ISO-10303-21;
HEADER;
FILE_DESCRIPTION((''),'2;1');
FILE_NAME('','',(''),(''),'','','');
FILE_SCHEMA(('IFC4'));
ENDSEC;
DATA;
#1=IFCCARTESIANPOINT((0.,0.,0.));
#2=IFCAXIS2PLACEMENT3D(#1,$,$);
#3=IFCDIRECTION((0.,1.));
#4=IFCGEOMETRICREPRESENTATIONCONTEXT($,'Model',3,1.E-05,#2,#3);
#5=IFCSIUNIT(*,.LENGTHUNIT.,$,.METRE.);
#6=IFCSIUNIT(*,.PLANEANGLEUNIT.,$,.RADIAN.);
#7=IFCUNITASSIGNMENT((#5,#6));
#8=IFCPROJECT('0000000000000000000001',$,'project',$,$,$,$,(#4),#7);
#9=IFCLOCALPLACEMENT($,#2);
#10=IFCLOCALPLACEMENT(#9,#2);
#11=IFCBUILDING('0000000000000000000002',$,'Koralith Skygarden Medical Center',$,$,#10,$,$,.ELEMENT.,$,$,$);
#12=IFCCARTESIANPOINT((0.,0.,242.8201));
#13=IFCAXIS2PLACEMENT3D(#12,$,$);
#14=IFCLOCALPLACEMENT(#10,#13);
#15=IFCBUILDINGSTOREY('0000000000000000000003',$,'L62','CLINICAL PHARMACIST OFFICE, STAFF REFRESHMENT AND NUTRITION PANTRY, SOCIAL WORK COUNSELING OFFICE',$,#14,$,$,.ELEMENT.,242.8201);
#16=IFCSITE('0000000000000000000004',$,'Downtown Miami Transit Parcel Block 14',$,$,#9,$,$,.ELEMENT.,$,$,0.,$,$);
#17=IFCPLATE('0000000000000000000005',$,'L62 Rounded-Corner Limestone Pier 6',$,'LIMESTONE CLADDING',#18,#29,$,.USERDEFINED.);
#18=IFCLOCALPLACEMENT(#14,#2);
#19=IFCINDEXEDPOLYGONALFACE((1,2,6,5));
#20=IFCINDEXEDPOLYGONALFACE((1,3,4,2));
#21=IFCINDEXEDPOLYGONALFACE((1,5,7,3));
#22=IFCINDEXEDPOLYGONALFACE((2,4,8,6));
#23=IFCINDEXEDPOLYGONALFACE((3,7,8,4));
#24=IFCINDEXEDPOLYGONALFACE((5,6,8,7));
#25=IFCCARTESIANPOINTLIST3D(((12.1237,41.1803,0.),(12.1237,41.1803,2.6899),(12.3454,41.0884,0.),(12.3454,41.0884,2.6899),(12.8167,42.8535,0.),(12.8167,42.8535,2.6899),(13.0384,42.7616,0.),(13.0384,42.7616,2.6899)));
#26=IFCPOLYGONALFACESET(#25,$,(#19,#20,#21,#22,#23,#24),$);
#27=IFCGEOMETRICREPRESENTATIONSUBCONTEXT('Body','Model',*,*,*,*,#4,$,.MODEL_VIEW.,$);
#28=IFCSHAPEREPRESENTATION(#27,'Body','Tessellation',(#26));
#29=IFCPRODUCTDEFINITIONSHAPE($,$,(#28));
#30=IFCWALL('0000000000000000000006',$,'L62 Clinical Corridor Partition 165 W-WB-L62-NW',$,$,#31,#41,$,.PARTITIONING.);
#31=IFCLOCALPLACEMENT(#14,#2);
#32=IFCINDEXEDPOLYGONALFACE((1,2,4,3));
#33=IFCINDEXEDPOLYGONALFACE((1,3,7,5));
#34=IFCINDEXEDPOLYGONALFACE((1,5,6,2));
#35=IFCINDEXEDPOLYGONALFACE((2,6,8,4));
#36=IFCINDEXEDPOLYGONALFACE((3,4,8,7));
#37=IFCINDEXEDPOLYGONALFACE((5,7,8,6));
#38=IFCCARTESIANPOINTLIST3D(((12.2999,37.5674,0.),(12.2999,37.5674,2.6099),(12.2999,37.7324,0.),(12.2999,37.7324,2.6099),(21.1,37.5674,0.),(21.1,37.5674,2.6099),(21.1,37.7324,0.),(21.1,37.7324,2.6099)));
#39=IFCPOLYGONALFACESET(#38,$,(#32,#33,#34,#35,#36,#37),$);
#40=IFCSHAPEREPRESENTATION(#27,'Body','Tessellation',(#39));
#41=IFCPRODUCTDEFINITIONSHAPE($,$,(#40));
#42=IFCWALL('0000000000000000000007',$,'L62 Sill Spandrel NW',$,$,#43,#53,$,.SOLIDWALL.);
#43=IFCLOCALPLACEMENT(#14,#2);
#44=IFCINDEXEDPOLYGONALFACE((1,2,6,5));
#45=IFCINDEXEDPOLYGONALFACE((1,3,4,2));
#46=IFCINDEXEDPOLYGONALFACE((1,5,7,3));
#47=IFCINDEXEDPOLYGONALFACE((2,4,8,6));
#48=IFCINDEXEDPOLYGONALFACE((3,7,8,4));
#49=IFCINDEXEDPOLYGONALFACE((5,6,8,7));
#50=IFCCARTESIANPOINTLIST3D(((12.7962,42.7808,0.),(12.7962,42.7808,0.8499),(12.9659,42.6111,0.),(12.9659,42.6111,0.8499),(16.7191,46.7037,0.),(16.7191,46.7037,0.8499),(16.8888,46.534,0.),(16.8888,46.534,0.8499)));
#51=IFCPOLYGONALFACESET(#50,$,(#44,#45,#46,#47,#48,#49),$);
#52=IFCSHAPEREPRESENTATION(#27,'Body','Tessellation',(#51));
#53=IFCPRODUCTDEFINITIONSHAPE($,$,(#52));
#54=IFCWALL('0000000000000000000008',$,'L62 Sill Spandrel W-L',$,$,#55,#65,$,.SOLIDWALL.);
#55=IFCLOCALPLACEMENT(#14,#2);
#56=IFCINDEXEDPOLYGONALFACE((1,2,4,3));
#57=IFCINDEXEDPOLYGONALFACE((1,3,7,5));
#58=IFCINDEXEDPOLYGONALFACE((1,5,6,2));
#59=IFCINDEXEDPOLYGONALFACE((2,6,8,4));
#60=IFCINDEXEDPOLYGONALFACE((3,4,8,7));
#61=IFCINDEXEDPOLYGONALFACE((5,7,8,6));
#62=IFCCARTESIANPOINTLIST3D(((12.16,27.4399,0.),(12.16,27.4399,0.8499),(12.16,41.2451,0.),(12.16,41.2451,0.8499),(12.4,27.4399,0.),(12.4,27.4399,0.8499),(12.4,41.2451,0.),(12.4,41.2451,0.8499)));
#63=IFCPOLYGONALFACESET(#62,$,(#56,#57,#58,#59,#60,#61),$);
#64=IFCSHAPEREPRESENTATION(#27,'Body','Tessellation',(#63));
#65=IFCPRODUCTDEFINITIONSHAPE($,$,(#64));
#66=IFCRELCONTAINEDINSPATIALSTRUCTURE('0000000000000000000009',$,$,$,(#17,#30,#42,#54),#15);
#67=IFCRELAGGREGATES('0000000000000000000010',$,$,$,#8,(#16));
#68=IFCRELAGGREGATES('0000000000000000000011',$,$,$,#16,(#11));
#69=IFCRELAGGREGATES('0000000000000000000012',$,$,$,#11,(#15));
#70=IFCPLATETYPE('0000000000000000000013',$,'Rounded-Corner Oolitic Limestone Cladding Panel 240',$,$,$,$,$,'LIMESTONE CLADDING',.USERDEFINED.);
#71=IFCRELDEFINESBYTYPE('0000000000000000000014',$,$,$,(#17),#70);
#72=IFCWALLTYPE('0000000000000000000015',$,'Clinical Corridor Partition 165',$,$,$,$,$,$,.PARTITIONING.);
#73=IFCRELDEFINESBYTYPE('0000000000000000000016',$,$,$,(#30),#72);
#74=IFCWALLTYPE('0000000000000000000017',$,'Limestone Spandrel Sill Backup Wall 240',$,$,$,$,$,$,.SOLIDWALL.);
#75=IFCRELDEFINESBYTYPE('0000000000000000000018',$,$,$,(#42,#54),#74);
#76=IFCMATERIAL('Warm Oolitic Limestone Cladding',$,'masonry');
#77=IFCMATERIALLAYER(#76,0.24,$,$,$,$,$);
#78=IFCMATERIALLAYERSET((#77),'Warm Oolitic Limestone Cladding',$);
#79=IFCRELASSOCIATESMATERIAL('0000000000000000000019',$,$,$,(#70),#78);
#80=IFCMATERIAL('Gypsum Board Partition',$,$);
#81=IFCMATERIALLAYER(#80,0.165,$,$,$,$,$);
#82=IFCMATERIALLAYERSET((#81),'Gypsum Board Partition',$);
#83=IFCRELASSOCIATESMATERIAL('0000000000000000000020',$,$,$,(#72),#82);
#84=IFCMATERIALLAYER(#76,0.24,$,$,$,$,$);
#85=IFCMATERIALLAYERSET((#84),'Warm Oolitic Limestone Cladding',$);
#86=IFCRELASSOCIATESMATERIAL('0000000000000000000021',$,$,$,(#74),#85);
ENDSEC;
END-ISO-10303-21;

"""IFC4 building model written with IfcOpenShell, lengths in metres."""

from ifc_helpers import new_model, si_unit, direction, frame, frame_2d, origin, origin_2d, place, context, subcontext, project, spatial, rectangle, extrude, material, layer, layer_set, type_object, element, save


model = new_model("IFC4")

# Units and contexts
model_context = context("Model", 3, precision=1e-05, world=origin(), true_north=direction((0.0, 1.0)))
body_context = subcontext(model_context, "Body", "Model", "MODEL_VIEW")
ifc_project = project(units=[si_unit("LENGTHUNIT", "METRE"), si_unit("PLANEANGLEUNIT", "RADIAN")], contexts=[model_context])

# Site, building, storey
site_placement = place(None, origin())
site = spatial("IfcSite", under=ifc_project, at=site_placement, Name="Downtown Miami Transit Parcel Block 14", CompositionType="ELEMENT", RefElevation=0.0)
building_placement = place(site_placement, origin())
building = spatial("IfcBuilding", under=site, at=building_placement, Name="Koralith Skygarden Medical Center", CompositionType="ELEMENT")
storey_placement = place(building_placement, frame((0.0, 0.0, 242.8201)))
storey = spatial("IfcBuildingStorey", under=building, at=storey_placement, Name="L62", Description="CLINICAL PHARMACIST OFFICE, STAFF REFRESHMENT AND NUTRITION PANTRY, SOCIAL WORK COUNSELING OFFICE", CompositionType="ELEMENT", Elevation=242.8201)

# Plate
ifc_material_1 = material(Name="Warm Oolitic Limestone Cladding", Category="masonry")
ifc_layer_1 = layer(ifc_material_1, 0.24)
ifc_layer_set_1 = layer_set([ifc_layer_1], Name="Warm Oolitic Limestone Cladding")
plate_type_1 = type_object("IfcPlateType", Name="Rounded-Corner Oolitic Limestone Cladding Panel 240", ElementType="LIMESTONE CLADDING", PredefinedType="USERDEFINED", material=ifc_layer_set_1)
plate_1_placement = place(storey_placement, frame((12.5811, 41.9709, 0.0), z_axis=(0.0, 0.0, 1.0), x_axis=(-0.382671, -0.923885, 0.0)))
element("IfcPlate", 1, at=plate_1_placement, inside=storey, type_object=plate_type_1, Name="L62 Rounded-Corner Limestone Pier 6", ObjectType="LIMESTONE CLADDING", PredefinedType="USERDEFINED", context=body_context, shape_type="SweptSolid", body=[
    extrude(rectangle(XDim=1.811, YDim=0.24, at=origin_2d()), origin(), (0.0, 0.0, 1.0), 2.6899),
])

# Walls
ifc_material_2 = material(Name="Gypsum Board Partition")
ifc_layer_2 = layer(ifc_material_2, 0.165)
ifc_layer_set_2 = layer_set([ifc_layer_2], Name="Gypsum Board Partition")
wall_type_1 = type_object("IfcWallType", Name="Clinical Corridor Partition 165", PredefinedType="PARTITIONING", material=ifc_layer_set_2)
wall_1_placement = place(storey_placement, frame((12.3, 37.6499, 0.0), z_axis=(0.0, 0.0, 1.0), x_axis=(1.0, 0.0, 0.0)))
element("IfcWall", 2, at=wall_1_placement, inside=storey, type_object=wall_type_1, Name="L62 Clinical Corridor Partition 165 W-WB-L62-NW", PredefinedType="PARTITIONING", context=body_context, shape_type="SweptSolid", body=[
    extrude(rectangle(XDim=8.8, YDim=0.165, at=frame_2d((4.3999, 0.0))), origin(), (0.0, 0.0, 1.0), 2.6099),
])
ifc_layer_3 = layer(ifc_material_1, 0.24)
ifc_layer_set_3 = layer_set([ifc_layer_3], Name="Warm Oolitic Limestone Cladding")
wall_type_2 = type_object("IfcWallType", Name="Limestone Spandrel Sill Backup Wall 240", PredefinedType="SOLIDWALL", material=ifc_layer_set_3)
wall_2_placement = place(storey_placement, frame((16.804, 46.6189, 0.0), z_axis=(0.0, 0.0, 1.0), x_axis=(-0.707107, -0.707107, 0.0)))
element("IfcWall", 3, at=wall_2_placement, inside=storey, type_object=wall_type_2, Name="L62 Sill Spandrel NW", PredefinedType="SOLIDWALL", context=body_context, shape_type="SweptSolid", body=[
    extrude(rectangle(XDim=5.5479, YDim=0.24, at=frame_2d((2.7739, 0.0))), origin(), (0.0, 0.0, 1.0), 0.8499),
])
wall_3_placement = place(storey_placement, frame((12.28, 41.2451, 0.0), z_axis=(0.0, 0.0, 1.0), x_axis=(0.0, -1.0, 0.0)))
element("IfcWall", 4, at=wall_3_placement, inside=storey, type_object=wall_type_2, Name="L62 Sill Spandrel W-L", PredefinedType="SOLIDWALL", context=body_context, shape_type="SweptSolid", body=[
    extrude(rectangle(XDim=13.8052, YDim=0.24, at=frame_2d((6.9026, 0.0))), origin(), (0.0, 0.0, 1.0), 0.8499),
])

save(model, "model.ifc")
